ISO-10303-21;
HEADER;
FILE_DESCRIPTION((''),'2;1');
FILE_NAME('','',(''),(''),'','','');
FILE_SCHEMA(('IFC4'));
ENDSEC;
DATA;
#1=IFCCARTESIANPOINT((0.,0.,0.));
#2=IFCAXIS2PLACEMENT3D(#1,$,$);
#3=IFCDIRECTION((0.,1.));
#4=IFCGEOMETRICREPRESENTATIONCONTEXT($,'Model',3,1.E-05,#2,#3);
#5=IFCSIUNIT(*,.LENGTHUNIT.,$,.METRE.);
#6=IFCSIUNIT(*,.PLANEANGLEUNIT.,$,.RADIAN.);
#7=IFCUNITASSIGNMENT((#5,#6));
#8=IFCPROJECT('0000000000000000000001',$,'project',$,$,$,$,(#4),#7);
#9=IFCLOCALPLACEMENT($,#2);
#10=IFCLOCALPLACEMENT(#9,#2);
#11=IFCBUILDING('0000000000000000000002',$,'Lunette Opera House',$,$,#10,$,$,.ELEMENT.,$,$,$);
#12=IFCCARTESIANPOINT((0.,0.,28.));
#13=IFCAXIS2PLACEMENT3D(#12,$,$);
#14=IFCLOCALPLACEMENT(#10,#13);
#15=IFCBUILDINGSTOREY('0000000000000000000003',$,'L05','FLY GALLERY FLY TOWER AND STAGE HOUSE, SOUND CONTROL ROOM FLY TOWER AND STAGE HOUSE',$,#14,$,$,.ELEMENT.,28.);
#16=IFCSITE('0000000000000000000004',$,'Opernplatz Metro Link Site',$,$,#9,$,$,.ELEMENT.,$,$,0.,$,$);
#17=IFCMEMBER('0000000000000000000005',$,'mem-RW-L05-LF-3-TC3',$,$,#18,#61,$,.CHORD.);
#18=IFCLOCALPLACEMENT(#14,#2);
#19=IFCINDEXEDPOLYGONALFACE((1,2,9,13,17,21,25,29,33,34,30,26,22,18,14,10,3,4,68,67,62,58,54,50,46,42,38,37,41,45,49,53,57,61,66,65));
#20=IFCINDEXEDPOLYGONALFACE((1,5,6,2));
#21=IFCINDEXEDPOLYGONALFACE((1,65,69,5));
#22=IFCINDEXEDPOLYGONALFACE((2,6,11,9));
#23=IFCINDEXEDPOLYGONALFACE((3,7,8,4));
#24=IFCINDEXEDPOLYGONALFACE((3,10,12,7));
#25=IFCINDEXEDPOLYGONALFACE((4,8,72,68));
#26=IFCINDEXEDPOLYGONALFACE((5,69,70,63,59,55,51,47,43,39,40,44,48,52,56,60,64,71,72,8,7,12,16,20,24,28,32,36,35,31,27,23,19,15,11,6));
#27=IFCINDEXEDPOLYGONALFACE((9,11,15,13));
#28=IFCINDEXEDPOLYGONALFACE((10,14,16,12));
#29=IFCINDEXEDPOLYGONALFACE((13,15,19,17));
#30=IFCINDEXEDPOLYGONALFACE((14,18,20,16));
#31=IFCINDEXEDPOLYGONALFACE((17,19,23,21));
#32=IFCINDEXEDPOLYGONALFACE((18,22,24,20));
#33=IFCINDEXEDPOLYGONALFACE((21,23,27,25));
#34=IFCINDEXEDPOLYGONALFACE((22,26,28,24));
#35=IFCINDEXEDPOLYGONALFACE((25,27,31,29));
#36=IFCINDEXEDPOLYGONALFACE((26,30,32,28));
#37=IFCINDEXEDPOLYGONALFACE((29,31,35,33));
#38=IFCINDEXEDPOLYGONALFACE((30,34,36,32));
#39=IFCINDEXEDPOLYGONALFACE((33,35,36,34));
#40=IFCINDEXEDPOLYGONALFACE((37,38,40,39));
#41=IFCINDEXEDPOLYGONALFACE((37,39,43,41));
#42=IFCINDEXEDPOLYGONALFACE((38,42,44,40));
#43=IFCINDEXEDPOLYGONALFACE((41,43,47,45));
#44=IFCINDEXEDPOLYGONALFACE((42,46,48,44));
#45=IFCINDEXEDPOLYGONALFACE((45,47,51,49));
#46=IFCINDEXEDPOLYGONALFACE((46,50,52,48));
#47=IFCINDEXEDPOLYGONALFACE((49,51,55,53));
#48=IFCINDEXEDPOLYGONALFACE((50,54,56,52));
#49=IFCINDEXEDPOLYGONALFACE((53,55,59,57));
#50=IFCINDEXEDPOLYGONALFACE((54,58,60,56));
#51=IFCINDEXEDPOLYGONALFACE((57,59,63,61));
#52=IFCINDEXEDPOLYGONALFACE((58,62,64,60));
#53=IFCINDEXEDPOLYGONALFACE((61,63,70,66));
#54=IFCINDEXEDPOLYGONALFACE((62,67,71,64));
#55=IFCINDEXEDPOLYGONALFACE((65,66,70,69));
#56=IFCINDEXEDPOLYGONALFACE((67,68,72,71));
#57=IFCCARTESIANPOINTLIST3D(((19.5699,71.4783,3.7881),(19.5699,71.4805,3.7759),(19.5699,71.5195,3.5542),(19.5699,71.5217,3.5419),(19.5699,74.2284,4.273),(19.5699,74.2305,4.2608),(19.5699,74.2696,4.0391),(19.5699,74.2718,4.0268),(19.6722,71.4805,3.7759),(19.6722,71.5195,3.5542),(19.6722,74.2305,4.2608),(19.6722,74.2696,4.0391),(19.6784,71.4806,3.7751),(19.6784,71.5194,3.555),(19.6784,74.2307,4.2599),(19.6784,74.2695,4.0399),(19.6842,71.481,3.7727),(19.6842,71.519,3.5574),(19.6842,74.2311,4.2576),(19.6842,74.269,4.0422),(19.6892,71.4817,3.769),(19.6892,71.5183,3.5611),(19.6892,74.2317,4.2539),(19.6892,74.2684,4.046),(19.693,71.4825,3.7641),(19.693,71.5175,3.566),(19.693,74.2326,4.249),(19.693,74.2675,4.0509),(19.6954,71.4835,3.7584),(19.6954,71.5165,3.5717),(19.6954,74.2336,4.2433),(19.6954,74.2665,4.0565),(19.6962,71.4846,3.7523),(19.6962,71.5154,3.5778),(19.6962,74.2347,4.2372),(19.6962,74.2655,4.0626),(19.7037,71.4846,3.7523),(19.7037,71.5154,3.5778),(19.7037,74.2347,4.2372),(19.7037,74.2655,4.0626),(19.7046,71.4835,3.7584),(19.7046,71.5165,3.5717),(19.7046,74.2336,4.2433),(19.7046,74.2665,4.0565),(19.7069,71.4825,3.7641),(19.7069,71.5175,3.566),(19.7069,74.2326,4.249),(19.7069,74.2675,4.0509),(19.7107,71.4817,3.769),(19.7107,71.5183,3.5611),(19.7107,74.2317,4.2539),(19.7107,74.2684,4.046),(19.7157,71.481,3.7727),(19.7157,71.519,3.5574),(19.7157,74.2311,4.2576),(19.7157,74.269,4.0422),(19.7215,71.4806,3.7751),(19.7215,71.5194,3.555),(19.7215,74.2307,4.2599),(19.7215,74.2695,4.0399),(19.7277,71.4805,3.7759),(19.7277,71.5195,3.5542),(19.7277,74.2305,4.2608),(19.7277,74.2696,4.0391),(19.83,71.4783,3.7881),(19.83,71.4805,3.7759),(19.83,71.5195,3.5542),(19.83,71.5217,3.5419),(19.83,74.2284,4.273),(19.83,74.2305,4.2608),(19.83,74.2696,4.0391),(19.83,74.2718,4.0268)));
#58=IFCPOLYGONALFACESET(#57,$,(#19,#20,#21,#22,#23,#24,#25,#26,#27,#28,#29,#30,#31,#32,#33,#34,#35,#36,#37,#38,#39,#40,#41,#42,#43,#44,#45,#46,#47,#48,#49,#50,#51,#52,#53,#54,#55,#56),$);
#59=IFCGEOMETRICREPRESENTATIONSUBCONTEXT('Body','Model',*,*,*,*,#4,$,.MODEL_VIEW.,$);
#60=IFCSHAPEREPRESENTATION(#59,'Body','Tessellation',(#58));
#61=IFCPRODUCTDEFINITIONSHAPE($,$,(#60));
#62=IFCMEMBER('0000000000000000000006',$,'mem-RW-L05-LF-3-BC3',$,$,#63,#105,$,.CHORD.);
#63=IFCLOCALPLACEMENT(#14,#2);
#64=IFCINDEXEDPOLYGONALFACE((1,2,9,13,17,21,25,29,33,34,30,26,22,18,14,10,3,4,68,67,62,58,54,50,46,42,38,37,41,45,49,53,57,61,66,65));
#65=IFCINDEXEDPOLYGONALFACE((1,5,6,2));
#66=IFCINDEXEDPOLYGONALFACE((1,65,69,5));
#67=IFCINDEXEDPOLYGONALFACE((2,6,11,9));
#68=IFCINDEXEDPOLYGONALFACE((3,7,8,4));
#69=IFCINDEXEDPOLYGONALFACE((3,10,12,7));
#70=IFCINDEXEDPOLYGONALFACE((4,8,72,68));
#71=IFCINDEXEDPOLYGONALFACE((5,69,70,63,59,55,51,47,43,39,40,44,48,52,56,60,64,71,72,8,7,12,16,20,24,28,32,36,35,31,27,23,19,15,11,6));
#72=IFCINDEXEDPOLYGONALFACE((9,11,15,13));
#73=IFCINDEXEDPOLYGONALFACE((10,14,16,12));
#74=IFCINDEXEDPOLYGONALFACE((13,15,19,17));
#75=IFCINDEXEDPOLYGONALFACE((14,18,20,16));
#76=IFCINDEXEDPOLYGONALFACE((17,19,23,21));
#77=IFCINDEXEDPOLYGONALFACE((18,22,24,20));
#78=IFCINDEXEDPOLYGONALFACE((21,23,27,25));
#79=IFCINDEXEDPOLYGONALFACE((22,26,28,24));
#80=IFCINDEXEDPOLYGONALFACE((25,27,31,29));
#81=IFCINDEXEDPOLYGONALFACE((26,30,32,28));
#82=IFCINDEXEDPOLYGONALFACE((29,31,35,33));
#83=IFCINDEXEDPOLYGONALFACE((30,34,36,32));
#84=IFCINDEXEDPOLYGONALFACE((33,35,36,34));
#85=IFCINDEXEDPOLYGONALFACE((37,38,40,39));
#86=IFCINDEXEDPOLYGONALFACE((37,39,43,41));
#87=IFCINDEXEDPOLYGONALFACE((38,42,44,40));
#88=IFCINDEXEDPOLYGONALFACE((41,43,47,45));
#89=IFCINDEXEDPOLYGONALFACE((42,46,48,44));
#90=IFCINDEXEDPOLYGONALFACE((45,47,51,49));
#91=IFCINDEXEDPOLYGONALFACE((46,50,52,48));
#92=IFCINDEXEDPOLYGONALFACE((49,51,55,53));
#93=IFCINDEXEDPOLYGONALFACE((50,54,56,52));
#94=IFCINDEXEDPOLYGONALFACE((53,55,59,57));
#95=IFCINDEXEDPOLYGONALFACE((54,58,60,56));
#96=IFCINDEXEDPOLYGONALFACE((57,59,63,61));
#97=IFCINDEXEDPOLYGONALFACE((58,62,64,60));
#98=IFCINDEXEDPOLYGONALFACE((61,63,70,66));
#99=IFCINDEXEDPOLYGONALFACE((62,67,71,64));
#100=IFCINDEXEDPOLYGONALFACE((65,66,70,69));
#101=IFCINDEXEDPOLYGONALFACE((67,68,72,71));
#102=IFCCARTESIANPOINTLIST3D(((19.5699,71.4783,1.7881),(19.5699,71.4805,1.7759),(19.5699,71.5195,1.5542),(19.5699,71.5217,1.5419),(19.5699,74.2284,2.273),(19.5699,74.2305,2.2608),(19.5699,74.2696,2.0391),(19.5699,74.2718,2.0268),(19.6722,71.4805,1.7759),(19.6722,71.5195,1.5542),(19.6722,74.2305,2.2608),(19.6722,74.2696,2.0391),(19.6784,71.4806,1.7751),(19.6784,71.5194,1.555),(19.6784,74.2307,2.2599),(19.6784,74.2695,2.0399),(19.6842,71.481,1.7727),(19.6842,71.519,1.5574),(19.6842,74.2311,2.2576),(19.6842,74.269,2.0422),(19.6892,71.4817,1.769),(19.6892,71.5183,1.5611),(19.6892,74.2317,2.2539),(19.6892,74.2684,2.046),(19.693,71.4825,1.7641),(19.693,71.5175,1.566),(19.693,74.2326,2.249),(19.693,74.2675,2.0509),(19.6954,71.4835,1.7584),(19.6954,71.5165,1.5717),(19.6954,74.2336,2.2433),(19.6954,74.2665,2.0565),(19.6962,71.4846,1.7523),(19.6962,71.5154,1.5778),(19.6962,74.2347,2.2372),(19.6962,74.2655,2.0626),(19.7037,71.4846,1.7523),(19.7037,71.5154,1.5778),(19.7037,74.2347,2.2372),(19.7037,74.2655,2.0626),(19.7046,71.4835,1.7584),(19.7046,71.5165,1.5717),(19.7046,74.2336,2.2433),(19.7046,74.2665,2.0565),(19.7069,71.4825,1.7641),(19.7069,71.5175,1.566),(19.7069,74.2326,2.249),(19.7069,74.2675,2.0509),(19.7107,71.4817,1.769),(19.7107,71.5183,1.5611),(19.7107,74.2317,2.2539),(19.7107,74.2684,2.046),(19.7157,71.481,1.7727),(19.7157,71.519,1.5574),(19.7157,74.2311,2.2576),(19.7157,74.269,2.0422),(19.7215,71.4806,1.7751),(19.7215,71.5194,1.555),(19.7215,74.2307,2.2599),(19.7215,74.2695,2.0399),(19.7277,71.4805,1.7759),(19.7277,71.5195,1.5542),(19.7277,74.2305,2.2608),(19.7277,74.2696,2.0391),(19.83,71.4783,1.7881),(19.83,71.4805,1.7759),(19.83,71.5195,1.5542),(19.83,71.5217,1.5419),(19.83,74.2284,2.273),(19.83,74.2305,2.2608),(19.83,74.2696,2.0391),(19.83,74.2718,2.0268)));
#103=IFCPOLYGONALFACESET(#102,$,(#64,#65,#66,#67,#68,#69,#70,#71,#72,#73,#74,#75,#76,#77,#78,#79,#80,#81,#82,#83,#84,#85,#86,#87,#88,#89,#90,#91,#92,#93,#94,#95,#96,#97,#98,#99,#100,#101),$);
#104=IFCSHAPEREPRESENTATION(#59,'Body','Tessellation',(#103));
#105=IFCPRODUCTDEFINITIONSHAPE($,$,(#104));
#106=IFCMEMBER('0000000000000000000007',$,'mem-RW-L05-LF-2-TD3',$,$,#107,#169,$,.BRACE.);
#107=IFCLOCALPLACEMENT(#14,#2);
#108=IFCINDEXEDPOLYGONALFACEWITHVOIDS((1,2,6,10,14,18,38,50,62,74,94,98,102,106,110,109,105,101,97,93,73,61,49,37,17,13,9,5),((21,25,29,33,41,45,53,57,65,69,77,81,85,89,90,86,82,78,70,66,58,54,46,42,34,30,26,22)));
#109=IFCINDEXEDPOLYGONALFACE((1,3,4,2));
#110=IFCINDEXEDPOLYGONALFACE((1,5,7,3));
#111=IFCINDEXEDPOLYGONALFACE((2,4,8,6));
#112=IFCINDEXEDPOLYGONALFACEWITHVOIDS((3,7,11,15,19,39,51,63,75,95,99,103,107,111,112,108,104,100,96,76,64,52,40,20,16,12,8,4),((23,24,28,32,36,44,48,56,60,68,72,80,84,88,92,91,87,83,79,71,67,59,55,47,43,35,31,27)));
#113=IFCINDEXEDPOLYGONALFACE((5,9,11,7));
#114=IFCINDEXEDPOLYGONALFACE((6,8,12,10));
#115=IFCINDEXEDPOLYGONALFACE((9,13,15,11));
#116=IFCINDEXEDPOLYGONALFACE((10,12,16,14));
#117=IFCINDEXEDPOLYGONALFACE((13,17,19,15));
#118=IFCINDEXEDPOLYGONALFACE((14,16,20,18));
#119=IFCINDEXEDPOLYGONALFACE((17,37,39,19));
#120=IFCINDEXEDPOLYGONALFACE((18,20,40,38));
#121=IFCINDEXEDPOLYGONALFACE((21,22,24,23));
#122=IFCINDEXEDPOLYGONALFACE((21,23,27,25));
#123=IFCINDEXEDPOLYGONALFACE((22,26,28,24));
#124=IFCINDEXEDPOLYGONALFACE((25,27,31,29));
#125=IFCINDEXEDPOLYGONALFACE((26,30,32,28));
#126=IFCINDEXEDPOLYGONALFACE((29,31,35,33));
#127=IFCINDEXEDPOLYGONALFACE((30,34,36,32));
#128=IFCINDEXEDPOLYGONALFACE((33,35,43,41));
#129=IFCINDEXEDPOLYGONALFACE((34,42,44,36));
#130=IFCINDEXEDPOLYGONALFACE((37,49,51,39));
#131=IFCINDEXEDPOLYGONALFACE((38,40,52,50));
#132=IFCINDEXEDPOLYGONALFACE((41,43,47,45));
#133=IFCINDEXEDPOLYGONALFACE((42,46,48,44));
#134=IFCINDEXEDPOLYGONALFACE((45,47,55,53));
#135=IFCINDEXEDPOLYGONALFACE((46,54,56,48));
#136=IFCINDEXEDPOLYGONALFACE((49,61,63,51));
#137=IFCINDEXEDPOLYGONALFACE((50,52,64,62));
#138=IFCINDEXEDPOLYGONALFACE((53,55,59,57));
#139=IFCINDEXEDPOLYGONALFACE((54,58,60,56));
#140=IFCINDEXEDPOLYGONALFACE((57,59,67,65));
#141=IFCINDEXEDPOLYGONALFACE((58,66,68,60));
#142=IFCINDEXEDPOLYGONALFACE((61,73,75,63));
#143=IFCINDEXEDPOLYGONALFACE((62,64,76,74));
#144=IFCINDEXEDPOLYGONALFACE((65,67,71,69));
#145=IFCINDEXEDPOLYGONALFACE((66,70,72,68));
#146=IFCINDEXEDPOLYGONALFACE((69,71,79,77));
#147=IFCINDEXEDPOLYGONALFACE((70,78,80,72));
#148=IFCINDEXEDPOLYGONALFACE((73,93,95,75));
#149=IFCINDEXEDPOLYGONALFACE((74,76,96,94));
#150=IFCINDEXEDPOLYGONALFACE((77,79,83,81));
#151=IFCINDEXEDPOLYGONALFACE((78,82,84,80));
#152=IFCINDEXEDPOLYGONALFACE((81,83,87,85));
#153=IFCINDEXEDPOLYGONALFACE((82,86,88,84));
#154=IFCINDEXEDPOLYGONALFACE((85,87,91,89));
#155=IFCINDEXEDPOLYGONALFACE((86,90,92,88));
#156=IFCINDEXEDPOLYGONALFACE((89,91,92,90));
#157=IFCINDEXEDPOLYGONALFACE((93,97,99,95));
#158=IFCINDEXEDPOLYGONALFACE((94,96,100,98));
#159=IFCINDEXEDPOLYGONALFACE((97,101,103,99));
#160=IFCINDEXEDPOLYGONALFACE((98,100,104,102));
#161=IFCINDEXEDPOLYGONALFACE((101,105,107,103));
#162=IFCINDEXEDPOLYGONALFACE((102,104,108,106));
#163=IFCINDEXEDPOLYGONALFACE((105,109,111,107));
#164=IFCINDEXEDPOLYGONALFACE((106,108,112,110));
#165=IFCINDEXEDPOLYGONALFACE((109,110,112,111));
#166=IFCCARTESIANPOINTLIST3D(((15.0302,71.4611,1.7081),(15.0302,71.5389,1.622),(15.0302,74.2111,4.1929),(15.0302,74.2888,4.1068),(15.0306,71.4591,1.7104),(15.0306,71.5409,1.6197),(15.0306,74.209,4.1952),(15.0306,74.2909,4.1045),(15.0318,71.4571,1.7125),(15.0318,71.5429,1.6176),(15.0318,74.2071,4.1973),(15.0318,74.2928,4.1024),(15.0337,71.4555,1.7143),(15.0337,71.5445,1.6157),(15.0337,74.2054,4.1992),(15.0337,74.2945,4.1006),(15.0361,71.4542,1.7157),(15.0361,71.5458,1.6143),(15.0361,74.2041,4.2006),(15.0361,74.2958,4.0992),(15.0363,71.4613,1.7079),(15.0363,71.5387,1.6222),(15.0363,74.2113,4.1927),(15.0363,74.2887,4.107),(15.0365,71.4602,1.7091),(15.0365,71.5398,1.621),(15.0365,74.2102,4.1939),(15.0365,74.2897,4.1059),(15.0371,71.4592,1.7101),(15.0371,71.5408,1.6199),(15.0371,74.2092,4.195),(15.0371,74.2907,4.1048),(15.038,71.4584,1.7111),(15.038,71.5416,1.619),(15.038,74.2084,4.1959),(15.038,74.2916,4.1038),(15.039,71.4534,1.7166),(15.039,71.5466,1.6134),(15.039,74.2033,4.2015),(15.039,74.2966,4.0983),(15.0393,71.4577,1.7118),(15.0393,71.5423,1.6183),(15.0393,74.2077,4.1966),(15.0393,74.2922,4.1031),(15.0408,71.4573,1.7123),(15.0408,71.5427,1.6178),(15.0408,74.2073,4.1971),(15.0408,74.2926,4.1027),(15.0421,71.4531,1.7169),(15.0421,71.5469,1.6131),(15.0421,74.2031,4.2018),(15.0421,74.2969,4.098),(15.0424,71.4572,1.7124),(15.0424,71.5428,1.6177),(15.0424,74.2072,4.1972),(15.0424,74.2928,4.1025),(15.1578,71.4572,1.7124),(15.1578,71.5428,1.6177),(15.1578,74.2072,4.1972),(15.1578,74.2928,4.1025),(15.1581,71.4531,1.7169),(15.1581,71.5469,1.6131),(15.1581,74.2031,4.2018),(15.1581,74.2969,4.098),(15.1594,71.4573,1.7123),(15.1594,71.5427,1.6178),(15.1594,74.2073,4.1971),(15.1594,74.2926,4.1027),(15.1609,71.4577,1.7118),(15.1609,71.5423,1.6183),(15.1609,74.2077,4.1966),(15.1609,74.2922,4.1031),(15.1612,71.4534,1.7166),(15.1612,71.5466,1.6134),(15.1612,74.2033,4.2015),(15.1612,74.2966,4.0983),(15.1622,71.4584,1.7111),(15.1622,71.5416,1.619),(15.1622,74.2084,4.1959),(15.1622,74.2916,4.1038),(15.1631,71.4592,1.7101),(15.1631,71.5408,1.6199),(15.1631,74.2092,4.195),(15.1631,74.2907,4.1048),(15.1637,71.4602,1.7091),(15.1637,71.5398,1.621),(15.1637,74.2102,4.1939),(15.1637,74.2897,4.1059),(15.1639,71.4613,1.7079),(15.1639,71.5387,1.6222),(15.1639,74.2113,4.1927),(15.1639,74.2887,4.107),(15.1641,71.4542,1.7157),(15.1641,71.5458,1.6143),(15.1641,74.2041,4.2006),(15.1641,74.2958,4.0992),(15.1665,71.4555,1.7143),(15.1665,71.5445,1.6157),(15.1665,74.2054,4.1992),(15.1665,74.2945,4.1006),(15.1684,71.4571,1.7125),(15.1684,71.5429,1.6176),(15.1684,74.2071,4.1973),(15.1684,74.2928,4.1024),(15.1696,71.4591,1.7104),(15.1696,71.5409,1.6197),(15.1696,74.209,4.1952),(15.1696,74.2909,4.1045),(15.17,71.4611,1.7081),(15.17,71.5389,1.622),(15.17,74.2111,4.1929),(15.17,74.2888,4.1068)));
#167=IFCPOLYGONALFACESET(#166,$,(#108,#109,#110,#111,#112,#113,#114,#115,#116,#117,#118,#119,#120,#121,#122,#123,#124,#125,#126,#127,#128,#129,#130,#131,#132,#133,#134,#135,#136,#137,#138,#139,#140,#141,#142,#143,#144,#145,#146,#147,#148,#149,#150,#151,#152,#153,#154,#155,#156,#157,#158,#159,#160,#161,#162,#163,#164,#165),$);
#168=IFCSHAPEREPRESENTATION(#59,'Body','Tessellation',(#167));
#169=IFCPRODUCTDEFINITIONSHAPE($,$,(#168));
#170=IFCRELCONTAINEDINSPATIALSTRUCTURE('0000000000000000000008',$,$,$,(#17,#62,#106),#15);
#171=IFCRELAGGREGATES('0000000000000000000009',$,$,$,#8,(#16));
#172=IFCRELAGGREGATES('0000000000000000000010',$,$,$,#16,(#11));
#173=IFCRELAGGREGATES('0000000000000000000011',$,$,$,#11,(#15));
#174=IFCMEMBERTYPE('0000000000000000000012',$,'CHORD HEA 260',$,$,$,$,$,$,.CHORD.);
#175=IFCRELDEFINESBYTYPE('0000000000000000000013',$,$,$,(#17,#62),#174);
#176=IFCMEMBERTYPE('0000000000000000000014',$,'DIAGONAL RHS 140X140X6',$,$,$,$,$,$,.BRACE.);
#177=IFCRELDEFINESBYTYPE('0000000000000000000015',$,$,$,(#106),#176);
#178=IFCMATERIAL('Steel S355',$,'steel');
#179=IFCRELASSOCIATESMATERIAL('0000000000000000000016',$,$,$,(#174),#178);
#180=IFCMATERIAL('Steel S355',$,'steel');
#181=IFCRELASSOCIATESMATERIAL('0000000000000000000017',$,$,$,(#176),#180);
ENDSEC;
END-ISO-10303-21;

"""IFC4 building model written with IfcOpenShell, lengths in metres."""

from ifc_helpers import new_model, si_unit, direction, frame, origin, origin_2d, place, context, subcontext, project, spatial, hollow_rectangle, i_section, extrude, material, material_profile, profile_set, type_object, element, save


model = new_model("IFC4")

# Units and contexts
model_context = context("Model", 3, precision=1e-05, world=origin(), true_north=direction((0.0, 1.0)))
body_context = subcontext(model_context, "Body", "Model", "MODEL_VIEW")
ifc_project = project(units=[si_unit("LENGTHUNIT", "METRE"), si_unit("PLANEANGLEUNIT", "RADIAN")], contexts=[model_context])

# Site, building, storey
site_placement = place(None, origin())
site = spatial("IfcSite", under=ifc_project, at=site_placement, Name="Opernplatz Metro Link Site", CompositionType="ELEMENT", RefElevation=0.0)
building_placement = place(site_placement, origin())
building = spatial("IfcBuilding", under=site, at=building_placement, Name="Lunette Opera House", CompositionType="ELEMENT")
storey_placement = place(building_placement, frame((0.0, 0.0, 28.0)))
storey = spatial("IfcBuildingStorey", under=building, at=storey_placement, Name="L05", Description="FLY GALLERY FLY TOWER AND STAGE HOUSE, SOUND CONTROL ROOM FLY TOWER AND STAGE HOUSE", CompositionType="ELEMENT", Elevation=28.0)

# Members
ifc_material_1 = material(Name="Steel S355", Category="steel")
ifc_material_profile_1 = material_profile(ifc_material_1, i_section(OverallWidth=0.26, OverallDepth=0.25, WebThickness=0.0076, FlangeThickness=0.0125, FilletRadius=0.0239, at=origin_2d()), Name="HEA 260")
ifc_profile_set_1 = profile_set([ifc_material_profile_1], Name="Steel S355")
member_type_1 = type_object("IfcMemberType", Name="CHORD HEA 260", PredefinedType="CHORD", material=ifc_profile_set_1)
for number, where, z_axis, x_axis, name in (
    (1, (19.7, 71.5, 3.665), (0.0, 0.98481, 0.173636), (-1.0, 0.0, 0.0), "mem-RW-L05-LF-3-TC3"),
    (2, (19.7, 71.5, 1.665), (0.0, 0.98481, 0.173636), (-1.0, 0.0, 0.0), "mem-RW-L05-LF-3-BC3"),
):
    element("IfcMember", number, at=place(storey_placement, frame(where, z_axis=z_axis, x_axis=x_axis)), inside=storey, type_object=member_type_1, Name=name, PredefinedType="CHORD", context=body_context, shape_type="SweptSolid", body=[
        extrude(i_section(OverallWidth=0.26, OverallDepth=0.25, WebThickness=0.0076, FlangeThickness=0.0125, FilletRadius=0.0239, at=origin_2d()), origin(), (0.0, 0.0, 1.0), 2.7925),
    ])
ifc_material_2 = material(Name="Steel S355", Category="steel")
ifc_material_profile_2 = material_profile(ifc_material_2, hollow_rectangle(XDim=0.1399, YDim=0.1399, WallThickness=0.0061, InnerFilletRadius=0.0061, OuterFilletRadius=0.012, at=origin_2d()), Name="RHS 140X140X6")
ifc_profile_set_2 = profile_set([ifc_material_profile_2], Name="Steel S355")
member_type_2 = type_object("IfcMemberType", Name="DIAGONAL RHS 140X140X6", PredefinedType="BRACE", material=ifc_profile_set_2)
for number, where, z_axis, x_axis, name in (
    (3, (15.1001, 71.5, 1.665), (0.0, 0.741969, 0.670434), (-1.0, 0.0, 0.0), "mem-RW-L05-LF-2-TD3"),
):
    element("IfcMember", number, at=place(storey_placement, frame(where, z_axis=z_axis, x_axis=x_axis)), inside=storey, type_object=member_type_2, Name=name, PredefinedType="BRACE", context=body_context, shape_type="SweptSolid", body=[
        extrude(hollow_rectangle(XDim=0.1399, YDim=0.1399, WallThickness=0.0061, InnerFilletRadius=0.0061, OuterFilletRadius=0.012, at=origin_2d()), origin(), (0.0, 0.0, 1.0), 3.7063),
    ])

save(model, "model.ifc")
